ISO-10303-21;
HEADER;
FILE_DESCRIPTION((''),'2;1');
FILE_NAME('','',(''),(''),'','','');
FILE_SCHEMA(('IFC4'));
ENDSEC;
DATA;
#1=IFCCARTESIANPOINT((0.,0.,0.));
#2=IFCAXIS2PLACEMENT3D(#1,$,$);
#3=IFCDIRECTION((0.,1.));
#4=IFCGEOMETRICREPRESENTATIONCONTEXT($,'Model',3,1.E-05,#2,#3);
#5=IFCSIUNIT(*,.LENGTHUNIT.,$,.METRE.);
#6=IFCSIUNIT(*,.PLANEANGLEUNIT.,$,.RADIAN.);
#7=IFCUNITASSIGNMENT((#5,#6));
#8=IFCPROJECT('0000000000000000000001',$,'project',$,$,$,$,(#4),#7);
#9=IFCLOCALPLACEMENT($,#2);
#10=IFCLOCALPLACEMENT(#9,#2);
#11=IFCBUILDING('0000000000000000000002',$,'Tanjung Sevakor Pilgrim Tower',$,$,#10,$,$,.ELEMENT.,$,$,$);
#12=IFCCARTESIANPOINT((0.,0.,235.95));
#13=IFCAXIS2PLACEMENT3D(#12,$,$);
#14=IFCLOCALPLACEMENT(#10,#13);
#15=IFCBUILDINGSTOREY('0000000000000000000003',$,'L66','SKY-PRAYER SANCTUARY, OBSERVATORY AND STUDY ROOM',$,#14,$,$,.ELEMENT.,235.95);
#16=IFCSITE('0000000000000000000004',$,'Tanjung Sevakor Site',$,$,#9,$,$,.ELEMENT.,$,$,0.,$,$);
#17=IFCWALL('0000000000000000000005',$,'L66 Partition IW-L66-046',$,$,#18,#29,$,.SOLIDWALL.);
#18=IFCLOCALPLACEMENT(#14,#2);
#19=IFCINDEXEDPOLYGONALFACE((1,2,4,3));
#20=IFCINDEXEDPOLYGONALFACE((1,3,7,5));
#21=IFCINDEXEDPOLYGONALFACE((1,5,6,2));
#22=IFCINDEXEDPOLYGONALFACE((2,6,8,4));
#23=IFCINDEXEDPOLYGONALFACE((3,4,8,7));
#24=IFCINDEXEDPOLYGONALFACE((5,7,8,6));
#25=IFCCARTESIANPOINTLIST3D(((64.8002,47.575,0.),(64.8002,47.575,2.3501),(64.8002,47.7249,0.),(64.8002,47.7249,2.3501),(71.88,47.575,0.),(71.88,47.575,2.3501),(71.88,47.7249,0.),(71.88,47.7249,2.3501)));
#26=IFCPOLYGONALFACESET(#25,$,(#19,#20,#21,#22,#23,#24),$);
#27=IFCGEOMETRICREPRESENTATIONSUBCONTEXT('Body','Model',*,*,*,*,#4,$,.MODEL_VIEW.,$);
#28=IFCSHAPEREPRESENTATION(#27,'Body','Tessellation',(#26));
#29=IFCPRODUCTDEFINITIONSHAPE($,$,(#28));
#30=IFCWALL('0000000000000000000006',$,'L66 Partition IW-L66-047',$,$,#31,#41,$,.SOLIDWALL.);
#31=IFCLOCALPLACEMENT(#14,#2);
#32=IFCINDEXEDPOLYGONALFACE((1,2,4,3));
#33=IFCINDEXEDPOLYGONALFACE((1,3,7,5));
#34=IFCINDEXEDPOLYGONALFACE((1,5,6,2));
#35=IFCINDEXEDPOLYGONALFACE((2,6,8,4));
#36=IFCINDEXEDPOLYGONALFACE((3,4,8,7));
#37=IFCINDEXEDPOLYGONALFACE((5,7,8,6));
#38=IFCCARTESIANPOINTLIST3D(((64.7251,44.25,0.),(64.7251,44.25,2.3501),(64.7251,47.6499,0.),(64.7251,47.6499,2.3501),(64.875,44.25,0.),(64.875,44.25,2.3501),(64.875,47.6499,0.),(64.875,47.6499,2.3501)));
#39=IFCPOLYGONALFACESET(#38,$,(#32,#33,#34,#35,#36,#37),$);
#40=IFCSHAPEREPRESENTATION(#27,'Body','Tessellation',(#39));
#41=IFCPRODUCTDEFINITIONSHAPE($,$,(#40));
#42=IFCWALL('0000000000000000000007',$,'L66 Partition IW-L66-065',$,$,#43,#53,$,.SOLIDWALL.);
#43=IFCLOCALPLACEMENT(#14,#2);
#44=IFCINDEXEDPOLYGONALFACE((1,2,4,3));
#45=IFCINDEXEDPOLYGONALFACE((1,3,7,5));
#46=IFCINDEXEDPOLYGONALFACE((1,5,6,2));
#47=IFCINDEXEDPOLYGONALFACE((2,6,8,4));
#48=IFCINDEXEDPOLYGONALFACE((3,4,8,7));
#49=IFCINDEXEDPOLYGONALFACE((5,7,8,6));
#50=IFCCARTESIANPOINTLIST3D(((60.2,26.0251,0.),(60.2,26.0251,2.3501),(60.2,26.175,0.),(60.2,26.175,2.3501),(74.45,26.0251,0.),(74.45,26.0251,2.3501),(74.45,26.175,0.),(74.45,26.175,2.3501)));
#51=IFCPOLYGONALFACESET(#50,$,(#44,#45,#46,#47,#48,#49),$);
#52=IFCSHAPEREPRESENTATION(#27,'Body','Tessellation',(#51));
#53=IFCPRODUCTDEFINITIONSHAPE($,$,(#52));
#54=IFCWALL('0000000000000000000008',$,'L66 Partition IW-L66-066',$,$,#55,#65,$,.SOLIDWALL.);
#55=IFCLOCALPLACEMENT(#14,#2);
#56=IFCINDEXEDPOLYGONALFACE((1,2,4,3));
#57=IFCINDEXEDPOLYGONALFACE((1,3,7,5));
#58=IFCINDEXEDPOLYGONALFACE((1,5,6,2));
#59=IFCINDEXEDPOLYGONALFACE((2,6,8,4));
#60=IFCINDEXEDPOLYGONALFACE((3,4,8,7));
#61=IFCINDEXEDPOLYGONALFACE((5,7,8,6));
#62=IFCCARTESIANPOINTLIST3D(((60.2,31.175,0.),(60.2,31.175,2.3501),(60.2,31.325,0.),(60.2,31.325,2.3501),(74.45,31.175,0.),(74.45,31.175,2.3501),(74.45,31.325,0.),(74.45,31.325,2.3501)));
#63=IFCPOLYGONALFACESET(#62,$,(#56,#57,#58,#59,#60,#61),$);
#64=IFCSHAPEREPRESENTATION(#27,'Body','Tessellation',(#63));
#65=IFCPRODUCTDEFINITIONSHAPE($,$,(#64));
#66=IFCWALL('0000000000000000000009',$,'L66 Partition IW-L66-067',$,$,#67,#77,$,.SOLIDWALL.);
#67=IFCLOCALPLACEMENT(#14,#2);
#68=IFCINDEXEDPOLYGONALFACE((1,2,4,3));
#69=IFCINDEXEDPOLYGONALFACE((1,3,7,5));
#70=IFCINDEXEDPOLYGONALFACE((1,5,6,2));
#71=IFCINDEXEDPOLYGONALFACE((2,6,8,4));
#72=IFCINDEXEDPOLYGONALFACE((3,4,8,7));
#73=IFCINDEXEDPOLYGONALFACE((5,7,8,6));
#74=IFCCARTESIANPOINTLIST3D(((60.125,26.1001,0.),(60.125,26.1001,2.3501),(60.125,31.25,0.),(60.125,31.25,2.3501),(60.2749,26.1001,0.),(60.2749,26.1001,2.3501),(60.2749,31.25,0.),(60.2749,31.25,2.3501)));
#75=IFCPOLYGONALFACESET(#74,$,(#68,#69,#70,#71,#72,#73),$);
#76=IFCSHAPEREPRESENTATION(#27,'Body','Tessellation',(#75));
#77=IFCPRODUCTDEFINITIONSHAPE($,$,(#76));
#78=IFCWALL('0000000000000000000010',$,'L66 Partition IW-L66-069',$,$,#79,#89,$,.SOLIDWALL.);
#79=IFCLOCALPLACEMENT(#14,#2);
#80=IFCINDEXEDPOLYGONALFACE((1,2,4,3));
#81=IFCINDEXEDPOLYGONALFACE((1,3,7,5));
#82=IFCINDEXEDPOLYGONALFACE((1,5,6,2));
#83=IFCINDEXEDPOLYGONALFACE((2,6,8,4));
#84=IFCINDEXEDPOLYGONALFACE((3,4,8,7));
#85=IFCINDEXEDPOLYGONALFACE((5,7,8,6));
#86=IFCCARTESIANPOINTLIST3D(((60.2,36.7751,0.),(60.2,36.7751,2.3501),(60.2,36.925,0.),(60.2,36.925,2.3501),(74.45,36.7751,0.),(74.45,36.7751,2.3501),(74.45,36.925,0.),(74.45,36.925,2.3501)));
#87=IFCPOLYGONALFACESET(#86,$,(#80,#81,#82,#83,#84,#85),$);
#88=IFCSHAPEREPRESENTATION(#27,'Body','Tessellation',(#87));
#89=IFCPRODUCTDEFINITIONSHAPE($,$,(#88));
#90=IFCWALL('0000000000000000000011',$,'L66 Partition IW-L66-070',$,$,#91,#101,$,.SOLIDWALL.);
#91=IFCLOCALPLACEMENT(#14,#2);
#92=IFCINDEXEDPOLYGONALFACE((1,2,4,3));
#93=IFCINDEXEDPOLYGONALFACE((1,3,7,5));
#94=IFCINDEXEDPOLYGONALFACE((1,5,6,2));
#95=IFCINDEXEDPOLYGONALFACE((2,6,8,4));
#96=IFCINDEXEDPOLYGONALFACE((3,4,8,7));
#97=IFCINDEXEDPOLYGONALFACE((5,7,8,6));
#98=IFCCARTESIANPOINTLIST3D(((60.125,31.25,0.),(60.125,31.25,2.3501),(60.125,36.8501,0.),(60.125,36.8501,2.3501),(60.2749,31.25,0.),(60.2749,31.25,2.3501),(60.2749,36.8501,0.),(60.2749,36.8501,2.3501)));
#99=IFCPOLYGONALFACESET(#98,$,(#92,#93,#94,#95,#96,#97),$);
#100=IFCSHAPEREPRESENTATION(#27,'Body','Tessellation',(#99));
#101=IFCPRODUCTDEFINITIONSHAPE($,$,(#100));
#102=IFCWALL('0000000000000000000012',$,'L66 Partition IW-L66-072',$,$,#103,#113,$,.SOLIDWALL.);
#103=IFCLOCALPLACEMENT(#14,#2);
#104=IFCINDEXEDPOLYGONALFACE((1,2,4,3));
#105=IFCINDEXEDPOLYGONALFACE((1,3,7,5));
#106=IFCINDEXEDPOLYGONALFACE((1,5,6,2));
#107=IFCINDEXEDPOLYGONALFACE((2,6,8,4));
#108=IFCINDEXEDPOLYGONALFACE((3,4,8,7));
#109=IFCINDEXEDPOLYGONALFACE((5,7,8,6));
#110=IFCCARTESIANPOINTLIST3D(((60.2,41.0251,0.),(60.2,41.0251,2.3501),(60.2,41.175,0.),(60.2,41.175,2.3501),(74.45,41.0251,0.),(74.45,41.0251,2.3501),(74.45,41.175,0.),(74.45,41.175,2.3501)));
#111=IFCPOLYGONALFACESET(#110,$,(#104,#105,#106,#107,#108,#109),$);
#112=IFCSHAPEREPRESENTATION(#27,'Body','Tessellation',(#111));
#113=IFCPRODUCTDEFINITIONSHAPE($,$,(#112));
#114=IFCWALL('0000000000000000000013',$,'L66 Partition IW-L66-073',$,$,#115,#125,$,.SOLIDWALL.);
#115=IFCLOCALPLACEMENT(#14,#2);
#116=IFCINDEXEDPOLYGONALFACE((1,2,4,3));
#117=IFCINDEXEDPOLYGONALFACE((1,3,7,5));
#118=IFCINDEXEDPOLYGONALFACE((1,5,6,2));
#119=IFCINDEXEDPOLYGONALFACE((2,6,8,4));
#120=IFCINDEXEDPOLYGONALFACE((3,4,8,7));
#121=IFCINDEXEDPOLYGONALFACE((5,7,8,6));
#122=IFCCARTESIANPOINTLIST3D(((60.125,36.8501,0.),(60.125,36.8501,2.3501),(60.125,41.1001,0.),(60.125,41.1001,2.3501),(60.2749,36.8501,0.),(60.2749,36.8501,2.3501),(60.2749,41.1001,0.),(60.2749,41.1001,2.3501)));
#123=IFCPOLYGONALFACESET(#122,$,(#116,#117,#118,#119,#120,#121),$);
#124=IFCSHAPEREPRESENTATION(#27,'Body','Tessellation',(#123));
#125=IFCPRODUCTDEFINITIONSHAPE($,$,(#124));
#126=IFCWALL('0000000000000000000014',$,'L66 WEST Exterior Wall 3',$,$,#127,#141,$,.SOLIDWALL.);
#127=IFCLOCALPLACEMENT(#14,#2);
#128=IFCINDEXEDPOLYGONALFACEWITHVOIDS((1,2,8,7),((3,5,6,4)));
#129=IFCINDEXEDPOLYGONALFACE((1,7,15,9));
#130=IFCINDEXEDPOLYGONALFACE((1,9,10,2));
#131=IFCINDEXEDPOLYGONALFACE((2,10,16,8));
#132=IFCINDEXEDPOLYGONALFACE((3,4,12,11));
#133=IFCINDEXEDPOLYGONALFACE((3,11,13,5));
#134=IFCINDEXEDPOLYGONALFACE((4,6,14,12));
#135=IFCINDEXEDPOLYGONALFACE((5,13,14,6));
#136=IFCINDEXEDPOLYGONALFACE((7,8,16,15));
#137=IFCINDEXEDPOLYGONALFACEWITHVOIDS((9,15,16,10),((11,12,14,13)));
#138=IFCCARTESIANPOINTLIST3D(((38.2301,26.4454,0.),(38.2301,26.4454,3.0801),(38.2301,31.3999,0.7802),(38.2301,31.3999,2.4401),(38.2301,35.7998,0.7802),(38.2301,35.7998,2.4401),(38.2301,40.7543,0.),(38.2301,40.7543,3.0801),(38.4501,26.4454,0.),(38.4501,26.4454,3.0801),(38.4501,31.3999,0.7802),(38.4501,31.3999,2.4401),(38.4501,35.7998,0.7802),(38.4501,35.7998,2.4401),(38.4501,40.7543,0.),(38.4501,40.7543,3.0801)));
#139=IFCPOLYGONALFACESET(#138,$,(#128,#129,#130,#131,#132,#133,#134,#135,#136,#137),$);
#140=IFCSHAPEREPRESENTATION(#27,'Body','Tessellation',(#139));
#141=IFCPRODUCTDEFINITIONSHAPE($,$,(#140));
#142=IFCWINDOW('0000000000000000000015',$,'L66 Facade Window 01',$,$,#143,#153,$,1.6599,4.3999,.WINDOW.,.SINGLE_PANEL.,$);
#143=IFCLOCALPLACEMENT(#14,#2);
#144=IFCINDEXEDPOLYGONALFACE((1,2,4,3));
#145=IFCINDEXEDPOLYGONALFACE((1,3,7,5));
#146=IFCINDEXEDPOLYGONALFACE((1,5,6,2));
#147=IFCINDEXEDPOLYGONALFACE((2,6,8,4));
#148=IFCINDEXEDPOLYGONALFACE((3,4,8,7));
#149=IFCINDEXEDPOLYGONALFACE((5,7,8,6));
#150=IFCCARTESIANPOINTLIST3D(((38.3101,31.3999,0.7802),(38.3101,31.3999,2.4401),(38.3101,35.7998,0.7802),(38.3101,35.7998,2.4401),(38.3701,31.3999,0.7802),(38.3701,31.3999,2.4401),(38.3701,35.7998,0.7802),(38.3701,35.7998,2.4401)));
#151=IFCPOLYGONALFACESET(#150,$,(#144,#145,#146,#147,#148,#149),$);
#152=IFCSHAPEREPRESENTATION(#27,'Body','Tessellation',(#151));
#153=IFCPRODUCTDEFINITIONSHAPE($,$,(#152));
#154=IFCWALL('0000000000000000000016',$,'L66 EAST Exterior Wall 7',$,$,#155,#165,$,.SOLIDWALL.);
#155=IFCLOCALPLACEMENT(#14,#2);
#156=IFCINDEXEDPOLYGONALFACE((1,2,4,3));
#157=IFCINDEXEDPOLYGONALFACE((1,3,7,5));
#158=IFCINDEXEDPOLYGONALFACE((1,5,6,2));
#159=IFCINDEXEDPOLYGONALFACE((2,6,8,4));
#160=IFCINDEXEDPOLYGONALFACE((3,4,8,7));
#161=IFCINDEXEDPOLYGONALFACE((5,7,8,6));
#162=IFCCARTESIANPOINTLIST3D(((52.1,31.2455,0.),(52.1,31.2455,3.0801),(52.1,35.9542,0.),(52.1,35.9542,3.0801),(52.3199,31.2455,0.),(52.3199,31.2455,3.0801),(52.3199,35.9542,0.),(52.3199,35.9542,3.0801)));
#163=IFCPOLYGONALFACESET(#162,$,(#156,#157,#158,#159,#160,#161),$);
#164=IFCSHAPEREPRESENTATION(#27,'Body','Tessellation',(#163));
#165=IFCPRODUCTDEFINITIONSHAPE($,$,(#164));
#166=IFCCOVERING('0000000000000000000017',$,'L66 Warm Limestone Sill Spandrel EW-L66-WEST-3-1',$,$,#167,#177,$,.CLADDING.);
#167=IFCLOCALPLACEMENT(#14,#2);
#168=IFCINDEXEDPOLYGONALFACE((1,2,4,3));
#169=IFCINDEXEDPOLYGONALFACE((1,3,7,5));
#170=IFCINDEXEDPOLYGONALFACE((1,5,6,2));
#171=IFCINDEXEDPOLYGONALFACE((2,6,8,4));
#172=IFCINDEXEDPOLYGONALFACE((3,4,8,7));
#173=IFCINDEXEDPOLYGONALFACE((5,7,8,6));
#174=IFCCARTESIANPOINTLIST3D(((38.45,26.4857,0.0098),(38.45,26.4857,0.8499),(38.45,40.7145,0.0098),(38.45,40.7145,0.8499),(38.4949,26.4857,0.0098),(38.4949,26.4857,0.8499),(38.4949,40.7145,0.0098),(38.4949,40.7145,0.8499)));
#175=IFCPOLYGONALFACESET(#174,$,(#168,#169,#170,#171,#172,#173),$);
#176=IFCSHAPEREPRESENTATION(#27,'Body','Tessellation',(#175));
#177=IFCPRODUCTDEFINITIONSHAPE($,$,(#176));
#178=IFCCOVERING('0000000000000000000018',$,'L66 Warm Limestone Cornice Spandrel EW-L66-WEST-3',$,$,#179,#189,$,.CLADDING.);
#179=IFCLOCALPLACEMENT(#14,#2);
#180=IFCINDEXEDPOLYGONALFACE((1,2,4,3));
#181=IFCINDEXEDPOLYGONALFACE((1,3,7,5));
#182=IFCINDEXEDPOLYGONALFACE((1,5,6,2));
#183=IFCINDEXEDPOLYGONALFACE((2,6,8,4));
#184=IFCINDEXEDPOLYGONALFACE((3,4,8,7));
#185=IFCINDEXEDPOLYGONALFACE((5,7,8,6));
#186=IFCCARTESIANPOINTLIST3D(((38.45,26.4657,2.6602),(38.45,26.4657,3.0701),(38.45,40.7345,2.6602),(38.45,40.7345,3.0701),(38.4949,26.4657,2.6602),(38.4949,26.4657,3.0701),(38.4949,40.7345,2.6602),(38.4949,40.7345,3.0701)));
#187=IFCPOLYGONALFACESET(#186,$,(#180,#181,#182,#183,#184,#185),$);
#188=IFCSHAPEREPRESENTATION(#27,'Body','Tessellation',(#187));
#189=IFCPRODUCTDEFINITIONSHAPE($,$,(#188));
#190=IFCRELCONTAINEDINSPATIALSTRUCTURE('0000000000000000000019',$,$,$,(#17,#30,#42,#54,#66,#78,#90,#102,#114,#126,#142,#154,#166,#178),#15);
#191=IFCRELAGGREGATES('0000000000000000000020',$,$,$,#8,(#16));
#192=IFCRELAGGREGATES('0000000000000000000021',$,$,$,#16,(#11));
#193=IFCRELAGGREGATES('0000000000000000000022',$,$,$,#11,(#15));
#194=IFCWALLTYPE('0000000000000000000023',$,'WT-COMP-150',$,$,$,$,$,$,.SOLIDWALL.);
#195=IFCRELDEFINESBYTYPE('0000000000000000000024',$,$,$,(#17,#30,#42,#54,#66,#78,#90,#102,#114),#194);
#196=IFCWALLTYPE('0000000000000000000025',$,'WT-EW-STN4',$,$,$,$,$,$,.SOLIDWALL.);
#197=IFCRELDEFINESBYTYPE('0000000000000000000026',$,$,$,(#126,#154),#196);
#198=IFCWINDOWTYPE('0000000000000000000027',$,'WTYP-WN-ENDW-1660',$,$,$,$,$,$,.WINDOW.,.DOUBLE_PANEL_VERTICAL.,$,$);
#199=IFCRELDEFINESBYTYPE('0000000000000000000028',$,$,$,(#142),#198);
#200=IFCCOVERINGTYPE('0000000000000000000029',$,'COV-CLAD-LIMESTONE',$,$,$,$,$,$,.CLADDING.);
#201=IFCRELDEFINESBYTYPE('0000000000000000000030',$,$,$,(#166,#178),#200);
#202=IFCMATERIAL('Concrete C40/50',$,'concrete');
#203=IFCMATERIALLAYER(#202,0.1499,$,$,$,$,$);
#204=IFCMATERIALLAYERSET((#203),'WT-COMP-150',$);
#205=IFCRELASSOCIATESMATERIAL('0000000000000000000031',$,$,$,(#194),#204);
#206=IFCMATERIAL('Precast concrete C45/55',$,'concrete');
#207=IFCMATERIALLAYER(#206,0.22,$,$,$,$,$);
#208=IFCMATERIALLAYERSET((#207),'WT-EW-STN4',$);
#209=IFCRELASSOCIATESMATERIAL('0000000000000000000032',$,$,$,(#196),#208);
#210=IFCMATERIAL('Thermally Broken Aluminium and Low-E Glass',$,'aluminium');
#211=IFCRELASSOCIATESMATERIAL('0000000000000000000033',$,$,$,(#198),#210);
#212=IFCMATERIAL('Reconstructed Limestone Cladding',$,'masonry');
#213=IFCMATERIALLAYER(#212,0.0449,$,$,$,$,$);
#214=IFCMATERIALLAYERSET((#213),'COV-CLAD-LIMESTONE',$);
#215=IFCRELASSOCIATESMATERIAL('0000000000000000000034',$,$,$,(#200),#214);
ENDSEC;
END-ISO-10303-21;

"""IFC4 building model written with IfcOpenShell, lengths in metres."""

from ifc_helpers import new_model, si_unit, direction, frame, frame_2d, origin, origin_2d, place, context, subcontext, project, spatial, rectangle, extrude, material, layer, layer_set, type_object, element, fill, save


model = new_model("IFC4")

# Units and contexts
model_context = context("Model", 3, precision=1e-05, world=origin(), true_north=direction((0.0, 1.0)))
body_context = subcontext(model_context, "Body", "Model", "MODEL_VIEW")
ifc_project = project(units=[si_unit("LENGTHUNIT", "METRE"), si_unit("PLANEANGLEUNIT", "RADIAN")], contexts=[model_context])

# Site, building, storey
site_placement = place(None, origin())
site = spatial("IfcSite", under=ifc_project, at=site_placement, Name="Tanjung Sevakor Site", CompositionType="ELEMENT", RefElevation=0.0)
building_placement = place(site_placement, origin())
building = spatial("IfcBuilding", under=site, at=building_placement, Name="Tanjung Sevakor Pilgrim Tower", CompositionType="ELEMENT")
storey_placement = place(building_placement, frame((0.0, 0.0, 235.95)))
storey = spatial("IfcBuildingStorey", under=building, at=storey_placement, Name="L66", Description="SKY-PRAYER SANCTUARY, OBSERVATORY AND STUDY ROOM", CompositionType="ELEMENT", Elevation=235.95)

# Shared definitions
ifc_material_1 = material(Name="Concrete C40/50", Category="concrete")
ifc_layer_1 = layer(ifc_material_1, 0.1499)
ifc_layer_set_1 = layer_set([ifc_layer_1], Name="WT-COMP-150")
wall_type_1 = type_object("IfcWallType", Name="WT-COMP-150", PredefinedType="SOLIDWALL", material=ifc_layer_set_1)

# Walls
wall_1_placement = place(storey_placement, frame((64.8, 47.6499, 0.0), z_axis=(0.0, 0.0, 1.0), x_axis=(1.0, 0.0, 0.0)))
element("IfcWall", 1, at=wall_1_placement, inside=storey, type_object=wall_type_1, Name="L66 Partition IW-L66-046", PredefinedType="SOLIDWALL", context=body_context, shape_type="SweptSolid", body=[
    extrude(rectangle(XDim=7.0798, YDim=0.1499, at=frame_2d((3.54, 0.0))), origin(), (0.0, 0.0, 1.0), 2.3501),
])
wall_2_placement = place(storey_placement, frame((64.8, 44.25, 0.0), z_axis=(0.0, 0.0, 1.0), x_axis=(0.0, 1.0, 0.0)))
element("IfcWall", 2, at=wall_2_placement, inside=storey, type_object=wall_type_1, Name="L66 Partition IW-L66-047", PredefinedType="SOLIDWALL", context=body_context, shape_type="SweptSolid", body=[
    extrude(rectangle(XDim=3.3999, YDim=0.1499, at=frame_2d((1.7, 0.0))), origin(), (0.0, 0.0, 1.0), 2.3501),
])
for number, where, z_axis, x_axis, name in (
    (3, (60.2, 26.1001, 0.0), (0.0, 0.0, 1.0), (1.0, 0.0, 0.0), "L66 Partition IW-L66-065"),
    (4, (60.2, 31.25, 0.0), (0.0, 0.0, 1.0), (1.0, 0.0, 0.0), "L66 Partition IW-L66-066"),
):
    element("IfcWall", number, at=place(storey_placement, frame(where, z_axis=z_axis, x_axis=x_axis)), inside=storey, type_object=wall_type_1, Name=name, PredefinedType="SOLIDWALL", context=body_context, shape_type="SweptSolid", body=[
        extrude(rectangle(XDim=14.25, YDim=0.1499, at=frame_2d((7.125, 0.0))), origin(), (0.0, 0.0, 1.0), 2.3501),
    ])
wall_3_placement = place(storey_placement, frame((60.2, 26.1001, 0.0), z_axis=(0.0, 0.0, 1.0), x_axis=(0.0, 1.0, 0.0)))
element("IfcWall", 5, at=wall_3_placement, inside=storey, type_object=wall_type_1, Name="L66 Partition IW-L66-067", PredefinedType="SOLIDWALL", context=body_context, shape_type="SweptSolid", body=[
    extrude(rectangle(XDim=5.1499, YDim=0.1499, at=frame_2d((2.575, 0.0))), origin(), (0.0, 0.0, 1.0), 2.3501),
])
wall_4_placement = place(storey_placement, frame((60.2, 36.8501, 0.0), z_axis=(0.0, 0.0, 1.0), x_axis=(1.0, 0.0, 0.0)))
element("IfcWall", 6, at=wall_4_placement, inside=storey, type_object=wall_type_1, Name="L66 Partition IW-L66-069", PredefinedType="SOLIDWALL", context=body_context, shape_type="SweptSolid", body=[
    extrude(rectangle(XDim=14.25, YDim=0.1499, at=frame_2d((7.125, 0.0))), origin(), (0.0, 0.0, 1.0), 2.3501),
])
wall_5_placement = place(storey_placement, frame((60.2, 31.25, 0.0), z_axis=(0.0, 0.0, 1.0), x_axis=(0.0, 1.0, 0.0)))
element("IfcWall", 7, at=wall_5_placement, inside=storey, type_object=wall_type_1, Name="L66 Partition IW-L66-070", PredefinedType="SOLIDWALL", context=body_context, shape_type="SweptSolid", body=[
    extrude(rectangle(XDim=5.6001, YDim=0.1499, at=frame_2d((2.8, 0.0))), origin(), (0.0, 0.0, 1.0), 2.3501),
])
wall_6_placement = place(storey_placement, frame((60.2, 41.1001, 0.0), z_axis=(0.0, 0.0, 1.0), x_axis=(1.0, 0.0, 0.0)))
element("IfcWall", 8, at=wall_6_placement, inside=storey, type_object=wall_type_1, Name="L66 Partition IW-L66-072", PredefinedType="SOLIDWALL", context=body_context, shape_type="SweptSolid", body=[
    extrude(rectangle(XDim=14.25, YDim=0.1499, at=frame_2d((7.125, 0.0))), origin(), (0.0, 0.0, 1.0), 2.3501),
])
wall_7_placement = place(storey_placement, frame((60.2, 36.8501, 0.0), z_axis=(0.0, 0.0, 1.0), x_axis=(0.0, 1.0, 0.0)))
element("IfcWall", 9, at=wall_7_placement, inside=storey, type_object=wall_type_1, Name="L66 Partition IW-L66-073", PredefinedType="SOLIDWALL", context=body_context, shape_type="SweptSolid", body=[
    extrude(rectangle(XDim=4.25, YDim=0.1499, at=frame_2d((2.125, 0.0))), origin(), (0.0, 0.0, 1.0), 2.3501),
])

# Wall, opening, window
ifc_material_2 = material(Name="Precast concrete C45/55", Category="concrete")
ifc_layer_2 = layer(ifc_material_2, 0.22)
ifc_layer_set_2 = layer_set([ifc_layer_2], Name="WT-EW-STN4")
wall_type_2 = type_object("IfcWallType", Name="WT-EW-STN4", PredefinedType="SOLIDWALL", material=ifc_layer_set_2)
wall_8_placement = place(storey_placement, frame((38.3401, 26.4456, 0.0), z_axis=(0.0, 0.0, 1.0), x_axis=(0.0, 1.0, 0.0)))
wall_8 = element("IfcWall", 10, at=wall_8_placement, inside=storey, type_object=wall_type_2, Name="L66 WEST Exterior Wall 3", PredefinedType="SOLIDWALL", context=body_context, shape_type="SweptSolid", body=[
    extrude(rectangle(XDim=14.3088, YDim=0.22, at=frame_2d((7.1543, 0.0))), origin(), (0.0, 0.0, 1.0), 3.0801),
])
opening_1_placement = place(wall_8_placement, frame((4.9543, 0.0, 0.78)))
opening_1 = element("IfcOpeningElement", 11, at=opening_1_placement, cuts=wall_8, PredefinedType="OPENING", context=body_context, shape_type="SweptSolid", body=[
    extrude(rectangle(XDim=4.3999, YDim=1.6599, at=frame_2d((2.2, 0.8301))), frame((0.0, 0.1199, 0.0), z_axis=(0.0, -1.0, 0.0), x_axis=(1.0, 0.0, 0.0)), (0.0, 0.0, 1.0), 0.24),
])
ifc_material_3 = material(Name="Thermally Broken Aluminium and Low-E Glass", Category="aluminium")
window_type = type_object("IfcWindowType", Name="WTYP-WN-ENDW-1660", PartitioningType="DOUBLE_PANEL_VERTICAL", PredefinedType="WINDOW", material=ifc_material_3)
window_placement = place(opening_1_placement, origin())
window = element("IfcWindow", 12, at=window_placement, inside=storey, type_object=window_type, Name="L66 Facade Window 01", OverallHeight=1.6599, OverallWidth=4.3999, PartitioningType="SINGLE_PANEL", PredefinedType="WINDOW", context=body_context, shape_type="SweptSolid", body=[
    extrude(rectangle(XDim=4.3999, YDim=1.6599, at=frame_2d((2.2, 0.8301))), frame((0.0, 0.03, 0.0), z_axis=(0.0, -1.0, 0.0), x_axis=(1.0, 0.0, 0.0)), (0.0, 0.0, 1.0), 0.0601),
])
fill(opening_1, window)

# Wall
wall_9_placement = place(storey_placement, frame((52.21, 35.9543, 0.0), z_axis=(0.0, 0.0, 1.0), x_axis=(0.0, -1.0, 0.0)))
element("IfcWall", 13, at=wall_9_placement, inside=storey, type_object=wall_type_2, Name="L66 EAST Exterior Wall 7", PredefinedType="SOLIDWALL", context=body_context, shape_type="SweptSolid", body=[
    extrude(rectangle(XDim=4.7087, YDim=0.22, at=frame_2d((2.3545, 0.0))), origin(), (0.0, 0.0, 1.0), 3.0801),
])

# Coverings
ifc_material_4 = material(Name="Reconstructed Limestone Cladding", Category="masonry")
ifc_layer_3 = layer(ifc_material_4, 0.0449)
ifc_layer_set_3 = layer_set([ifc_layer_3], Name="COV-CLAD-LIMESTONE")
covering_type = type_object("IfcCoveringType", Name="COV-CLAD-LIMESTONE", PredefinedType="CLADDING", material=ifc_layer_set_3)
covering_1_placement = place(storey_placement, frame((38.4724, 33.6001, 0.0098), z_axis=(0.0, 0.0, 1.0), x_axis=(0.0, 1.0, 0.0)))
element("IfcCovering", 14, at=covering_1_placement, inside=storey, type_object=covering_type, Name="L66 Warm Limestone Sill Spandrel EW-L66-WEST-3-1", PredefinedType="CLADDING", context=body_context, shape_type="SweptSolid", body=[
    extrude(rectangle(XDim=14.2288, YDim=0.0449, at=origin_2d()), origin(), (0.0, 0.0, 1.0), 0.8401),
])
covering_2_placement = place(storey_placement, frame((38.4724, 33.6001, 2.6602), z_axis=(0.0, 0.0, 1.0), x_axis=(0.0, 1.0, 0.0)))
element("IfcCovering", 15, at=covering_2_placement, inside=storey, type_object=covering_type, Name="L66 Warm Limestone Cornice Spandrel EW-L66-WEST-3", PredefinedType="CLADDING", context=body_context, shape_type="SweptSolid", body=[
    extrude(rectangle(XDim=14.2688, YDim=0.0449, at=origin_2d()), origin(), (0.0, 0.0, 1.0), 0.4099),
])

save(model, "model.ifc")
